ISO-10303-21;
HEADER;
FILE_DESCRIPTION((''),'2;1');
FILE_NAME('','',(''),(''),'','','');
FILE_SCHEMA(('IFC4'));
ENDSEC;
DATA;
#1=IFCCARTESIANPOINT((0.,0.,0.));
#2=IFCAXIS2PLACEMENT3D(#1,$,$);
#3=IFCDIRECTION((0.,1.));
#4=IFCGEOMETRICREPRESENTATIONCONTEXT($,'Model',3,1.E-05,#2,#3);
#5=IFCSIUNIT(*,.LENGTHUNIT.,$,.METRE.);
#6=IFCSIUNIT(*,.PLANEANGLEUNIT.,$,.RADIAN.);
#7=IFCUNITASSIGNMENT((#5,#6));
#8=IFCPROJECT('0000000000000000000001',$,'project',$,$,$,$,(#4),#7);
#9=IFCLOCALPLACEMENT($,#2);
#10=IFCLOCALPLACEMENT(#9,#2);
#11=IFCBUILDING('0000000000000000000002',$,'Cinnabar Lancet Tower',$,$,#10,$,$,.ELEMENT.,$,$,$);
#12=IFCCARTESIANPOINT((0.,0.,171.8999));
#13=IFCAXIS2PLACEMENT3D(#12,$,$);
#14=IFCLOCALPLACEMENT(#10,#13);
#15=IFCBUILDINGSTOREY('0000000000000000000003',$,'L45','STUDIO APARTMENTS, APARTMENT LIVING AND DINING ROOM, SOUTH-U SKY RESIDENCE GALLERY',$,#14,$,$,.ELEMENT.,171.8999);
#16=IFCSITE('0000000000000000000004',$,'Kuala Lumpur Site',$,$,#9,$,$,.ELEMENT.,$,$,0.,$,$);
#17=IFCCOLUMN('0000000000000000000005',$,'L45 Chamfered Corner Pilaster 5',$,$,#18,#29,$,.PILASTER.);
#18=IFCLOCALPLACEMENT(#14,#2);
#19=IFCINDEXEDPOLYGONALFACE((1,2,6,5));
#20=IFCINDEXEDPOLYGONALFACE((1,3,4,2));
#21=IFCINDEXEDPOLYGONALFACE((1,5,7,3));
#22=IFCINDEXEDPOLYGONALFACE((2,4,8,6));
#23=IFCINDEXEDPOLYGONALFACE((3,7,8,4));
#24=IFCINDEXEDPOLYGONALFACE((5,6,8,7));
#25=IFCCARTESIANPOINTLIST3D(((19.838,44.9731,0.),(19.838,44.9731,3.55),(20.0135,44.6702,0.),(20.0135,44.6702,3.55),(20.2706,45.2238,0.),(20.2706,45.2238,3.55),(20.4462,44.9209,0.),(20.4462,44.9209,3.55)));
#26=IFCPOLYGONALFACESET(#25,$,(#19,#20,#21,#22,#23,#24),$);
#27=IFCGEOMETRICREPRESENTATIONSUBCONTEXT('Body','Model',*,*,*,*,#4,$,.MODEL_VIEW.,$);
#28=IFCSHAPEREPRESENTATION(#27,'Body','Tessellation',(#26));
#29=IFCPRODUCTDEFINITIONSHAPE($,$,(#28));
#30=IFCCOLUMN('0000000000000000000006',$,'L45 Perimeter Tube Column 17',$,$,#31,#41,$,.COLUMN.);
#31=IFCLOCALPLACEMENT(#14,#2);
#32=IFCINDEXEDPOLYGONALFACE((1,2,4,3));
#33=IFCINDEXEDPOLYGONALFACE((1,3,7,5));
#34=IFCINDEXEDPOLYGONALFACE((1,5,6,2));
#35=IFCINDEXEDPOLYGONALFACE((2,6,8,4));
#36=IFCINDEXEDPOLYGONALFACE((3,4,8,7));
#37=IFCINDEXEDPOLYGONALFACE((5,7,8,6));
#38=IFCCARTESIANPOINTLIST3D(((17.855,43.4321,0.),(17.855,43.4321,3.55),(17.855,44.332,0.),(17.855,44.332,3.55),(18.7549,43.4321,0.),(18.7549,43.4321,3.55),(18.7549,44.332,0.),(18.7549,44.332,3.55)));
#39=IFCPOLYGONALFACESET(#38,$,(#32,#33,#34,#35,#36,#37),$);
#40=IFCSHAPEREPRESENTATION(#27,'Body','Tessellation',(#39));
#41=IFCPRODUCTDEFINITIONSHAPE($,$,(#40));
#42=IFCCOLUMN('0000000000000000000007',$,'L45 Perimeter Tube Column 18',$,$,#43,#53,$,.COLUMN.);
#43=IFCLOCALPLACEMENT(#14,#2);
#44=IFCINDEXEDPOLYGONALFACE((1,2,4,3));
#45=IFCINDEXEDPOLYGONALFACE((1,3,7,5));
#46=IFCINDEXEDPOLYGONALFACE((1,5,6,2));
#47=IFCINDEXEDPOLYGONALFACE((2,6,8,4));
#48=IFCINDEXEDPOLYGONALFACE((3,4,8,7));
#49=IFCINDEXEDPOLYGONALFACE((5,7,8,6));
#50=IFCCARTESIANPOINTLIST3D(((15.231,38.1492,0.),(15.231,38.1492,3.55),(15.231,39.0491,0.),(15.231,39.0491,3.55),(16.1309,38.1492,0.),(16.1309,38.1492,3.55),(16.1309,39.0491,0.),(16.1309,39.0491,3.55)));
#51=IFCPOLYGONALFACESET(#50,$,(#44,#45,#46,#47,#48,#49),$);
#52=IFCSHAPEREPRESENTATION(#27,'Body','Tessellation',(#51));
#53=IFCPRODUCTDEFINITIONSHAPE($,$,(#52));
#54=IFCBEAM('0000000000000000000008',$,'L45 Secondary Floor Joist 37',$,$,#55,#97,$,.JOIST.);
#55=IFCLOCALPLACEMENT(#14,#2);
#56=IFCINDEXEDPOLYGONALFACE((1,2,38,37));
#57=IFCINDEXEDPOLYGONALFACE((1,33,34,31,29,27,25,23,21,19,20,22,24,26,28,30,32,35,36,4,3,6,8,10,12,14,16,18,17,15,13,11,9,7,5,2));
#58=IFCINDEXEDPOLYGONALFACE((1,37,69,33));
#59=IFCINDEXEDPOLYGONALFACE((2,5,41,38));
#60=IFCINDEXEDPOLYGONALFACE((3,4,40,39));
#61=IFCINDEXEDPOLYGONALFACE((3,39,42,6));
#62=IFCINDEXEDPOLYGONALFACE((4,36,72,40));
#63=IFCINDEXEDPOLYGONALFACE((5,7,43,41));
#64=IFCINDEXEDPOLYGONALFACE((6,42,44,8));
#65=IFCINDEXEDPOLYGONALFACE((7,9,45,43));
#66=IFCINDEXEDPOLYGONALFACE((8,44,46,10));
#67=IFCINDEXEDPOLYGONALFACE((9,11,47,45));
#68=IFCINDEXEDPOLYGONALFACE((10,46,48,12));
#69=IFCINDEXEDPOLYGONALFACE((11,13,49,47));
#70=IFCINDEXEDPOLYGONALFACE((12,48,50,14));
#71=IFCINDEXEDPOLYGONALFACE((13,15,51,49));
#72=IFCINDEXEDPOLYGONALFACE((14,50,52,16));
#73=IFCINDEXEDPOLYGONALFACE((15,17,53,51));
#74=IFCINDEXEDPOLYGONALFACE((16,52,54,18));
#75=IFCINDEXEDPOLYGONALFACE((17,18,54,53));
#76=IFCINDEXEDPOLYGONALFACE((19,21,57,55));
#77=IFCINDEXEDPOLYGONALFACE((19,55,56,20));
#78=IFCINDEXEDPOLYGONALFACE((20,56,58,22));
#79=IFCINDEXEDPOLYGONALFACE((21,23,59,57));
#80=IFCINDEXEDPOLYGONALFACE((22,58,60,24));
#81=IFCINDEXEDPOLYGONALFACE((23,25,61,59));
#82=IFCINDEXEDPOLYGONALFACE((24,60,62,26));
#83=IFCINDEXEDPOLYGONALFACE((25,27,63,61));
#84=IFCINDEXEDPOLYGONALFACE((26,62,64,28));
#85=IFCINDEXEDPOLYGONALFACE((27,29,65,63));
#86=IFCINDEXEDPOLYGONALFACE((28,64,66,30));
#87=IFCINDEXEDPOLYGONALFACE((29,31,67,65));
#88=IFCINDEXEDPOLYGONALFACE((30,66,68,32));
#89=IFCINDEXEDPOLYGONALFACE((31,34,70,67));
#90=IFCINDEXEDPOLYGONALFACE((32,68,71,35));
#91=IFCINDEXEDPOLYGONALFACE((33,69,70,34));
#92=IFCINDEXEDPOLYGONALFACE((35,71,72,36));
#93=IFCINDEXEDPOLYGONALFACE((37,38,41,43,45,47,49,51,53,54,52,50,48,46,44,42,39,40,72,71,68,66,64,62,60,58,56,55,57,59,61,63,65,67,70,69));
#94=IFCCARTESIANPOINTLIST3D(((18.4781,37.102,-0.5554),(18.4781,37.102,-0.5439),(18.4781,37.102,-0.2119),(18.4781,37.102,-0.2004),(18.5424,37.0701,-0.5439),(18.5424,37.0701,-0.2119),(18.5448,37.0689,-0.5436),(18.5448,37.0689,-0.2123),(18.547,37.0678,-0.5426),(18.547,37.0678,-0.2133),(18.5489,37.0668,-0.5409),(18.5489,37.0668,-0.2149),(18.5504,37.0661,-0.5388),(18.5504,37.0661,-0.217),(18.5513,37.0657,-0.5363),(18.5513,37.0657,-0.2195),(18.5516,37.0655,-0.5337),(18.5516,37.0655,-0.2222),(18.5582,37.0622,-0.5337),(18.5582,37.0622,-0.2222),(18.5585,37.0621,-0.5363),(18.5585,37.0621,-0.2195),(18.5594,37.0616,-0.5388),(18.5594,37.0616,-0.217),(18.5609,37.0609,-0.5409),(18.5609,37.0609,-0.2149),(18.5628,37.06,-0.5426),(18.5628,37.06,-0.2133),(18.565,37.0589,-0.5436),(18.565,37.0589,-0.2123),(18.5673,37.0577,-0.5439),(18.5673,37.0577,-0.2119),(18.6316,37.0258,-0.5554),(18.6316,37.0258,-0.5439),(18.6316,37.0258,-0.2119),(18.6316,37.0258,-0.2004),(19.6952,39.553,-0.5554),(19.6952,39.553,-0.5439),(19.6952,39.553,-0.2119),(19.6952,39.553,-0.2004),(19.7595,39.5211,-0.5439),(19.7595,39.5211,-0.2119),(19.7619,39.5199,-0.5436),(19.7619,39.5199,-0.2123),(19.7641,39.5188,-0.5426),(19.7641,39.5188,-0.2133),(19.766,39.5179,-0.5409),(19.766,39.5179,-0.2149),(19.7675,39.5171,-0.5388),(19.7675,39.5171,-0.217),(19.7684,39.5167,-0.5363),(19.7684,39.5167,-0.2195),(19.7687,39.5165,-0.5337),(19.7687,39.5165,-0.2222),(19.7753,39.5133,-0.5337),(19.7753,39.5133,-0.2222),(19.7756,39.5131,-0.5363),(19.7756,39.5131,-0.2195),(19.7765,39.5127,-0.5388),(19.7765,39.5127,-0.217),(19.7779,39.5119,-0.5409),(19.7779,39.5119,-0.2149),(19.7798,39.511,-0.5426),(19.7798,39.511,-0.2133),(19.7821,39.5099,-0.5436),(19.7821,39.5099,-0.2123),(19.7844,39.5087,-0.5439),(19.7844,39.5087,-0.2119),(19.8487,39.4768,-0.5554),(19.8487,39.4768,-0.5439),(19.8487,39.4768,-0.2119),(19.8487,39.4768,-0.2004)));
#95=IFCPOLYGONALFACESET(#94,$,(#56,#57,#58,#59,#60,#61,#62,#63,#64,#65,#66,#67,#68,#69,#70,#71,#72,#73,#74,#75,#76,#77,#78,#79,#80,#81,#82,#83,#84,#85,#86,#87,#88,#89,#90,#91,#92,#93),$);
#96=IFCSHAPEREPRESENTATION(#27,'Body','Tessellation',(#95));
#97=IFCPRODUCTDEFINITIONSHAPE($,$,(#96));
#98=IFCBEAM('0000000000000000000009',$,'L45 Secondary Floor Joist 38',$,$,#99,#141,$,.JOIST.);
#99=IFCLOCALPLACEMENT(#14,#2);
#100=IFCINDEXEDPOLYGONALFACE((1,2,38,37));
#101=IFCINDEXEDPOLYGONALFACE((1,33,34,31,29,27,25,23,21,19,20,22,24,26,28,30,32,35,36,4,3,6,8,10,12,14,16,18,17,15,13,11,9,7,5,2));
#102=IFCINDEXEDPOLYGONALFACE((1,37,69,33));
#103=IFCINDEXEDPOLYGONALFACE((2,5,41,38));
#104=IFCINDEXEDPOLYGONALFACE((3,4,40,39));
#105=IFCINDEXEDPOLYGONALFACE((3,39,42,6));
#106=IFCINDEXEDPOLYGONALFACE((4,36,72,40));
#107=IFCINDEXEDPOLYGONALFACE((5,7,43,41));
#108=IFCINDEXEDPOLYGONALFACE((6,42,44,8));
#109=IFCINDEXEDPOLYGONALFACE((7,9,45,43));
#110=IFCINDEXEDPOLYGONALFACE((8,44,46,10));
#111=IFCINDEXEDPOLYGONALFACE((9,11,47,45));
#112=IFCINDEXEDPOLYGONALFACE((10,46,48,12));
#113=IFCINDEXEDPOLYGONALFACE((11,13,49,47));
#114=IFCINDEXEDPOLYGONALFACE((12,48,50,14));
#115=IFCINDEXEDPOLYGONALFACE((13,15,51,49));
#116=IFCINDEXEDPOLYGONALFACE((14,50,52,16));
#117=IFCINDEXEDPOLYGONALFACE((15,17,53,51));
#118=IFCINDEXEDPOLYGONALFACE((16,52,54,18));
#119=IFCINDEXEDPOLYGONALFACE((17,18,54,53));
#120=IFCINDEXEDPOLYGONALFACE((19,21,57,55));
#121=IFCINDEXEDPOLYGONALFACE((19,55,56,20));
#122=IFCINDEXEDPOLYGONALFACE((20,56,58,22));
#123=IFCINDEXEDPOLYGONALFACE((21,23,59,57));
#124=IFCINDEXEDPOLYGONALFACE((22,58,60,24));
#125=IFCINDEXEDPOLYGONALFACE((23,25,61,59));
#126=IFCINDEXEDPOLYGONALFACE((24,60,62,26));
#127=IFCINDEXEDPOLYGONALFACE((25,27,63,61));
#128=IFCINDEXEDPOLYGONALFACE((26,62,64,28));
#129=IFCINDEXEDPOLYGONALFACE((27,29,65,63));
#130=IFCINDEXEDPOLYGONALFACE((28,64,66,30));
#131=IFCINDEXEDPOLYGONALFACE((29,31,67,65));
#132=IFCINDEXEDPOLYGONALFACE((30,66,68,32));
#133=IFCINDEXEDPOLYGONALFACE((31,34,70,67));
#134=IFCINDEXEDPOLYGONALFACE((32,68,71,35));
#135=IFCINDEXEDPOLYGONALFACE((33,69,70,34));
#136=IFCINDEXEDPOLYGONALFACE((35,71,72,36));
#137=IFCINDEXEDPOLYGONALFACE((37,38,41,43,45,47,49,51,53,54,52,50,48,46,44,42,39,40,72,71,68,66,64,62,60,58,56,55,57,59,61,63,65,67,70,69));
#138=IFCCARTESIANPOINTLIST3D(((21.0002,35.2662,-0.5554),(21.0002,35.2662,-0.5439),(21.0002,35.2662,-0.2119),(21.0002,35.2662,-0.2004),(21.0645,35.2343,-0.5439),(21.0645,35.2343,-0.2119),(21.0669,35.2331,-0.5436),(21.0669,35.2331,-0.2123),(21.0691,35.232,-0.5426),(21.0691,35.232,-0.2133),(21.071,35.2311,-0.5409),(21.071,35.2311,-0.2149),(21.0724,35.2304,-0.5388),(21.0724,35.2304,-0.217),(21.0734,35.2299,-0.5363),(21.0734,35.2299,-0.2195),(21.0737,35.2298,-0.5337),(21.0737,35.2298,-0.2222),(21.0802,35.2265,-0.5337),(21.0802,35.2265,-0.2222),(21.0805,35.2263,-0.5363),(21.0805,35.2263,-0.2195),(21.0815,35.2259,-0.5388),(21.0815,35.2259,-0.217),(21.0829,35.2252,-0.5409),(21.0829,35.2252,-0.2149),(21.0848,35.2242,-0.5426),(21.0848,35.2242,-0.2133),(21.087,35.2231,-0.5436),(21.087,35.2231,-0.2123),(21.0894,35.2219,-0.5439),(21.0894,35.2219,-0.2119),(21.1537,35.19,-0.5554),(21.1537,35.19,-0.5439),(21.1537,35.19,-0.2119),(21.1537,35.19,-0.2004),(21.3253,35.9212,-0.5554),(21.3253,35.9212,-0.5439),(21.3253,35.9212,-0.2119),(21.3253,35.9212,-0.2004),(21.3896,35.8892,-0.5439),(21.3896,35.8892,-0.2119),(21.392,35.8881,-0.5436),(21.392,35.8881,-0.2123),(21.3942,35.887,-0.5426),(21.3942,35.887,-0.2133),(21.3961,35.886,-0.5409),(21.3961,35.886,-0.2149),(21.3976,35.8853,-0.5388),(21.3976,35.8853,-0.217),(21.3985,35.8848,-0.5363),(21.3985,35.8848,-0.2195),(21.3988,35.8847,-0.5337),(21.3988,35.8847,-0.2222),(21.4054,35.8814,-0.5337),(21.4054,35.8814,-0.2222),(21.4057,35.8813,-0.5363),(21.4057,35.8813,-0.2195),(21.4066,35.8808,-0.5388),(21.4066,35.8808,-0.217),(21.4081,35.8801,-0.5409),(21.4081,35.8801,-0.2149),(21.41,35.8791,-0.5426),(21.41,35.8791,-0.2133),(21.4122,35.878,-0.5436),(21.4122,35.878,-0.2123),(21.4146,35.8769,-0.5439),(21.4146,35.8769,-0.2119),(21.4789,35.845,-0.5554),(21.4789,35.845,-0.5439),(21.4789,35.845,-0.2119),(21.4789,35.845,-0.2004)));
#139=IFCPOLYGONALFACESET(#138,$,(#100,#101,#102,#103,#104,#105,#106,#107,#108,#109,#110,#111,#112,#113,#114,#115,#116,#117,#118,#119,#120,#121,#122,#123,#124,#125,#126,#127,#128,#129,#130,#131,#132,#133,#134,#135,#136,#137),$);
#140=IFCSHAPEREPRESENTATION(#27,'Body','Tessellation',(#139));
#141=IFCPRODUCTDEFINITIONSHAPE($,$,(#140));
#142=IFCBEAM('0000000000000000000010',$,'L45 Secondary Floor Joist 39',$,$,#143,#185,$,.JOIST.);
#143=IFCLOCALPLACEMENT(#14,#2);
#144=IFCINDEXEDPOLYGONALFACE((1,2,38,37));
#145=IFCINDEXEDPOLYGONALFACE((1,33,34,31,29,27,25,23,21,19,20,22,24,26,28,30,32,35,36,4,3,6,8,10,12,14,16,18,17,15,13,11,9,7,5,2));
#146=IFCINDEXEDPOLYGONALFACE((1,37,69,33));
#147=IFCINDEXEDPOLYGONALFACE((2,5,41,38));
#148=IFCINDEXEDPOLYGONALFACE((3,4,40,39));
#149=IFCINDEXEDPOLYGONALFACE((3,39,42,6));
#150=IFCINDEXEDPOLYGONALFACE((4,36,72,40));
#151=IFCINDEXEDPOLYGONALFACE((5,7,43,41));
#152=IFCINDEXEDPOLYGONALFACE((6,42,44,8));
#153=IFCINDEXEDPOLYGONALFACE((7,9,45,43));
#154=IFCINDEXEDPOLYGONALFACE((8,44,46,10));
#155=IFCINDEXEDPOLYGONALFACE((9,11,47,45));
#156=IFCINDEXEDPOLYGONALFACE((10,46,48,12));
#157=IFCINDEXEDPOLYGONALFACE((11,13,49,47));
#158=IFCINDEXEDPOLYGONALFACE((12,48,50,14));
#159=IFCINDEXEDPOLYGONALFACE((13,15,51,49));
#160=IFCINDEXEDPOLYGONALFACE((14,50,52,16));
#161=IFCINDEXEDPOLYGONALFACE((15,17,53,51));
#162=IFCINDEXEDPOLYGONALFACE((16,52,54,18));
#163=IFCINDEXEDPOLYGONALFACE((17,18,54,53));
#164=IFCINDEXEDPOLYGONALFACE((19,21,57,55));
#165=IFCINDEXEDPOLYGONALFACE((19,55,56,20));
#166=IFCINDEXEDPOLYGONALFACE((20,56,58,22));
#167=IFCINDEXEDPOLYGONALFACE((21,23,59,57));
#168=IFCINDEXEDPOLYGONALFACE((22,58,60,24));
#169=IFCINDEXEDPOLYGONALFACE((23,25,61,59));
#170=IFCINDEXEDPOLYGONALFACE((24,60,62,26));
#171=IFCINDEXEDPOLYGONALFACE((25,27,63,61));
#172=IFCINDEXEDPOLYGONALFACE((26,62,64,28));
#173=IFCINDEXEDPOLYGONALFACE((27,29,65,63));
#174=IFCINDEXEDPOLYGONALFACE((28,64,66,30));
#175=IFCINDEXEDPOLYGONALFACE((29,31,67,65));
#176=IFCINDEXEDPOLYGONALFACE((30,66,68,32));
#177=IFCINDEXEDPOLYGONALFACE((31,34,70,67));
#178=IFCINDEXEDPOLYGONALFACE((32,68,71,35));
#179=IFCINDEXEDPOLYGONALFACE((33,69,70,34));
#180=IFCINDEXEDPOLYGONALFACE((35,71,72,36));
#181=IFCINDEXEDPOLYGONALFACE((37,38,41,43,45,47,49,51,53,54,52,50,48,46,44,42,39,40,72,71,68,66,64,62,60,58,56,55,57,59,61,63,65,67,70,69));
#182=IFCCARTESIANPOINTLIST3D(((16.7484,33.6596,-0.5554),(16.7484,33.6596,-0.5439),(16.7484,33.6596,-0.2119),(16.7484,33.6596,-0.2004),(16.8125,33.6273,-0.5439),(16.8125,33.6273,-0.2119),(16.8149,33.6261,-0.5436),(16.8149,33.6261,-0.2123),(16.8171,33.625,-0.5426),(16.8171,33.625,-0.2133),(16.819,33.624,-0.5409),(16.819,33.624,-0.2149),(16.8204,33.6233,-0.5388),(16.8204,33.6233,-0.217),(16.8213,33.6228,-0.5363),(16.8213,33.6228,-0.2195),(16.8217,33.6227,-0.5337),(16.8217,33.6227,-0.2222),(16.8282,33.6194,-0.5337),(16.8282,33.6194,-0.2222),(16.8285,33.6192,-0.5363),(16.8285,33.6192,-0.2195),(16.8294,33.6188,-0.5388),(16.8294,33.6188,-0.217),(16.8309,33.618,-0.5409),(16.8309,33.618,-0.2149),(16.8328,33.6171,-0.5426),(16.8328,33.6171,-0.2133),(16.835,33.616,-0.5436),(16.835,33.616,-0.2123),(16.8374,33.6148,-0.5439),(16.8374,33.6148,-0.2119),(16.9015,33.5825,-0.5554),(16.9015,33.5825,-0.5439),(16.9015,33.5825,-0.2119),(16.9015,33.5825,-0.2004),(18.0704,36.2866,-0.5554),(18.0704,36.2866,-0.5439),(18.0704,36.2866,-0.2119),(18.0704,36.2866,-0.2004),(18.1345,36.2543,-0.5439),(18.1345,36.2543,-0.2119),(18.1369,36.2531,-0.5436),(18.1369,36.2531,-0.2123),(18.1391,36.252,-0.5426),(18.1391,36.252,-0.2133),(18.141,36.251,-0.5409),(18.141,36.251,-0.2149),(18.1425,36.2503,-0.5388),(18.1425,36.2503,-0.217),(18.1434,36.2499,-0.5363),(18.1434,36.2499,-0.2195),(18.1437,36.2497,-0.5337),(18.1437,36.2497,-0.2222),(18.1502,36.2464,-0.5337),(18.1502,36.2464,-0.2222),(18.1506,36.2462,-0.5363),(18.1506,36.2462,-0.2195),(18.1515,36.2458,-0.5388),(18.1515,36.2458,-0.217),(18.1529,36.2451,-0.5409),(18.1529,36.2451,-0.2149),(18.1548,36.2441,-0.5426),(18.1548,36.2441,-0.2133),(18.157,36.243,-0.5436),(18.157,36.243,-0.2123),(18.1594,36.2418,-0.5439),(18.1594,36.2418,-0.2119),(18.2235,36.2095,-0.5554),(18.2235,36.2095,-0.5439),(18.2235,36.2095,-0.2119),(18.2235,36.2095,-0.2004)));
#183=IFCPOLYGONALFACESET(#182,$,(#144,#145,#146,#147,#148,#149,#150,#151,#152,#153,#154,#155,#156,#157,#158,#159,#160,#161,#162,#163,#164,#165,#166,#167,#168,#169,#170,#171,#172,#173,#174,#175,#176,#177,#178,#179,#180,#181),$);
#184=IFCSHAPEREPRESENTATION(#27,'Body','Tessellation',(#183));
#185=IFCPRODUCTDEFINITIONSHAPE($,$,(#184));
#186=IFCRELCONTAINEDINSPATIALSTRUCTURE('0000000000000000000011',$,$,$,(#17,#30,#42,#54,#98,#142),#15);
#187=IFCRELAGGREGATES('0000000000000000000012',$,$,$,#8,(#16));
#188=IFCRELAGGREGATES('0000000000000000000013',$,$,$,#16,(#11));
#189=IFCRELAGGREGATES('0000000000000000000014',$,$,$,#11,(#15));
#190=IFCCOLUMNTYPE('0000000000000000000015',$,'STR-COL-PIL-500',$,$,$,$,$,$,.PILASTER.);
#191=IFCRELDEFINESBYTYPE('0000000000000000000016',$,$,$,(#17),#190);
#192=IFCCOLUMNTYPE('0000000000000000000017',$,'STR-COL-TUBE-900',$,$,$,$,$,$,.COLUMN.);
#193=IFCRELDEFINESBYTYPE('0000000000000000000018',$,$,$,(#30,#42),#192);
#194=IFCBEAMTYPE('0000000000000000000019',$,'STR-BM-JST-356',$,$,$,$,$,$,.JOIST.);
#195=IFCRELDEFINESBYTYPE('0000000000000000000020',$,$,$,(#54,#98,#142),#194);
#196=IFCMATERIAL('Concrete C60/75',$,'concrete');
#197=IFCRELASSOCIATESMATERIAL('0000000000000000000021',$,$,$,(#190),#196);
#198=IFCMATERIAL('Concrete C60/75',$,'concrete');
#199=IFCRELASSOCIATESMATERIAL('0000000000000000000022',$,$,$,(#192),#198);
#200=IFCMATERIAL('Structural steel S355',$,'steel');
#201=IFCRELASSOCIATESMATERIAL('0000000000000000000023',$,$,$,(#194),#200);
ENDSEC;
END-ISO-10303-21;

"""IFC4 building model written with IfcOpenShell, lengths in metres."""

from ifc_helpers import new_model, si_unit, direction, frame, origin, origin_2d, place, context, subcontext, project, spatial, rectangle, i_section, extrude, material, material_profile, profile_set, type_object, element, save


model = new_model("IFC4")

# Units and contexts
model_context = context("Model", 3, precision=1e-05, world=origin(), true_north=direction((0.0, 1.0)))
body_context = subcontext(model_context, "Body", "Model", "MODEL_VIEW")
ifc_project = project(units=[si_unit("LENGTHUNIT", "METRE"), si_unit("PLANEANGLEUNIT", "RADIAN")], contexts=[model_context])

# Site, building, storey
site_placement = place(None, origin())
site = spatial("IfcSite", under=ifc_project, at=site_placement, Name="Kuala Lumpur Site", CompositionType="ELEMENT", RefElevation=0.0)
building_placement = place(site_placement, origin())
building = spatial("IfcBuilding", under=site, at=building_placement, Name="Cinnabar Lancet Tower", CompositionType="ELEMENT")
storey_placement = place(building_placement, frame((0.0, 0.0, 171.8999)))
storey = spatial("IfcBuildingStorey", under=building, at=storey_placement, Name="L45", Description="STUDIO APARTMENTS, APARTMENT LIVING AND DINING ROOM, SOUTH-U SKY RESIDENCE GALLERY", CompositionType="ELEMENT", Elevation=171.8999)

# Columns
ifc_material_1 = material(Name="Concrete C60/75", Category="concrete")
ifc_material_profile_1 = material_profile(ifc_material_1, rectangle(XDim=0.5, YDim=0.3501, at=origin_2d()), Name="RC-PIL 500x350")
ifc_profile_set_1 = profile_set([ifc_material_profile_1], Name="Concrete C60/75")
column_type_1 = type_object("IfcColumnType", Name="STR-COL-PIL-500", PredefinedType="PILASTER", material=ifc_profile_set_1)
column_placement = place(storey_placement, frame((20.1421, 44.947, 0.0), z_axis=(0.0, 0.0, 1.0), x_axis=(-0.86523, -0.501375, 0.0)))
element("IfcColumn", 1, at=column_placement, inside=storey, type_object=column_type_1, Name="L45 Chamfered Corner Pilaster 5", PredefinedType="PILASTER", context=body_context, shape_type="SweptSolid", body=[
    extrude(rectangle(XDim=0.5, YDim=0.3501, at=origin_2d()), origin(), (0.0, 0.0, 1.0), 3.55),
])
ifc_material_2 = material(Name="Concrete C60/75", Category="concrete")
ifc_material_profile_2 = material_profile(ifc_material_2, rectangle(XDim=0.8999, YDim=0.8999, at=origin_2d()), Name="RC-COL 900x900")
ifc_profile_set_2 = profile_set([ifc_material_profile_2], Name="Concrete C60/75")
column_type_2 = type_object("IfcColumnType", Name="STR-COL-TUBE-900", PredefinedType="COLUMN", material=ifc_profile_set_2)
for number, where, z_axis, x_axis, name in (
    (2, (18.3049, 43.8821, 0.0), (0.0, 0.0, 1.0), (1.0, 0.0, 0.0), "L45 Perimeter Tube Column 17"),
    (3, (15.6809, 38.5991, 0.0), (0.0, 0.0, 1.0), (1.0, 0.0, 0.0), "L45 Perimeter Tube Column 18"),
):
    element("IfcColumn", number, at=place(storey_placement, frame(where, z_axis=z_axis, x_axis=x_axis)), inside=storey, type_object=column_type_2, Name=name, PredefinedType="COLUMN", context=body_context, shape_type="SweptSolid", body=[
        extrude(rectangle(XDim=0.8999, YDim=0.8999, at=origin_2d()), origin(), (0.0, 0.0, 1.0), 3.55),
    ])

# Beams
ifc_material_3 = material(Name="Structural steel S355", Category="steel")
ifc_material_profile_3 = material_profile(ifc_material_3, i_section(OverallWidth=0.1714, OverallDepth=0.355, WebThickness=0.0073, FlangeThickness=0.0115, FilletRadius=0.0103, at=origin_2d()), Name="UKB 356x171x51")
ifc_profile_set_3 = profile_set([ifc_material_profile_3], Name="Structural steel S355")
beam_type_1 = type_object("IfcBeamType", Name="STR-BM-JST-356", PredefinedType="JOIST", material=ifc_profile_set_3)
beam_1_placement = place(storey_placement, frame((19.772, 39.5149, -0.3779), z_axis=(-0.444749, -0.895655, 0.0), x_axis=(0.895655, -0.444749, 0.0)))
element("IfcBeam", 4, at=beam_1_placement, inside=storey, type_object=beam_type_1, Name="L45 Secondary Floor Joist 37", PredefinedType="JOIST", context=body_context, shape_type="SweptSolid", body=[
    extrude(i_section(OverallWidth=0.1714, OverallDepth=0.355, WebThickness=0.0073, FlangeThickness=0.0115, FilletRadius=0.0103, at=origin_2d()), origin(), (0.0, 0.0, 1.0), 2.7366),
])
beam_2_placement = place(storey_placement, frame((21.4021, 35.8831, -0.3779), z_axis=(-0.444675, -0.895692, 0.0), x_axis=(0.895692, -0.444675, 0.0)))
element("IfcBeam", 5, at=beam_2_placement, inside=storey, type_object=beam_type_1, Name="L45 Secondary Floor Joist 38", PredefinedType="JOIST", context=body_context, shape_type="SweptSolid", body=[
    extrude(i_section(OverallWidth=0.1714, OverallDepth=0.355, WebThickness=0.0073, FlangeThickness=0.0115, FilletRadius=0.0103, at=origin_2d()), origin(), (0.0, 0.0, 1.0), 0.7312),
])
beam_3_placement = place(storey_placement, frame((18.147, 36.248, -0.3779), z_axis=(-0.449537, -0.893262, 0.0), x_axis=(0.893262, -0.449537, 0.0)))
element("IfcBeam", 6, at=beam_3_placement, inside=storey, type_object=beam_type_1, Name="L45 Secondary Floor Joist 39", PredefinedType="JOIST", context=body_context, shape_type="SweptSolid", body=[
    extrude(i_section(OverallWidth=0.1714, OverallDepth=0.355, WebThickness=0.0073, FlangeThickness=0.0115, FilletRadius=0.0103, at=origin_2d()), origin(), (0.0, 0.0, 1.0), 2.9409),
])

save(model, "model.ifc")
